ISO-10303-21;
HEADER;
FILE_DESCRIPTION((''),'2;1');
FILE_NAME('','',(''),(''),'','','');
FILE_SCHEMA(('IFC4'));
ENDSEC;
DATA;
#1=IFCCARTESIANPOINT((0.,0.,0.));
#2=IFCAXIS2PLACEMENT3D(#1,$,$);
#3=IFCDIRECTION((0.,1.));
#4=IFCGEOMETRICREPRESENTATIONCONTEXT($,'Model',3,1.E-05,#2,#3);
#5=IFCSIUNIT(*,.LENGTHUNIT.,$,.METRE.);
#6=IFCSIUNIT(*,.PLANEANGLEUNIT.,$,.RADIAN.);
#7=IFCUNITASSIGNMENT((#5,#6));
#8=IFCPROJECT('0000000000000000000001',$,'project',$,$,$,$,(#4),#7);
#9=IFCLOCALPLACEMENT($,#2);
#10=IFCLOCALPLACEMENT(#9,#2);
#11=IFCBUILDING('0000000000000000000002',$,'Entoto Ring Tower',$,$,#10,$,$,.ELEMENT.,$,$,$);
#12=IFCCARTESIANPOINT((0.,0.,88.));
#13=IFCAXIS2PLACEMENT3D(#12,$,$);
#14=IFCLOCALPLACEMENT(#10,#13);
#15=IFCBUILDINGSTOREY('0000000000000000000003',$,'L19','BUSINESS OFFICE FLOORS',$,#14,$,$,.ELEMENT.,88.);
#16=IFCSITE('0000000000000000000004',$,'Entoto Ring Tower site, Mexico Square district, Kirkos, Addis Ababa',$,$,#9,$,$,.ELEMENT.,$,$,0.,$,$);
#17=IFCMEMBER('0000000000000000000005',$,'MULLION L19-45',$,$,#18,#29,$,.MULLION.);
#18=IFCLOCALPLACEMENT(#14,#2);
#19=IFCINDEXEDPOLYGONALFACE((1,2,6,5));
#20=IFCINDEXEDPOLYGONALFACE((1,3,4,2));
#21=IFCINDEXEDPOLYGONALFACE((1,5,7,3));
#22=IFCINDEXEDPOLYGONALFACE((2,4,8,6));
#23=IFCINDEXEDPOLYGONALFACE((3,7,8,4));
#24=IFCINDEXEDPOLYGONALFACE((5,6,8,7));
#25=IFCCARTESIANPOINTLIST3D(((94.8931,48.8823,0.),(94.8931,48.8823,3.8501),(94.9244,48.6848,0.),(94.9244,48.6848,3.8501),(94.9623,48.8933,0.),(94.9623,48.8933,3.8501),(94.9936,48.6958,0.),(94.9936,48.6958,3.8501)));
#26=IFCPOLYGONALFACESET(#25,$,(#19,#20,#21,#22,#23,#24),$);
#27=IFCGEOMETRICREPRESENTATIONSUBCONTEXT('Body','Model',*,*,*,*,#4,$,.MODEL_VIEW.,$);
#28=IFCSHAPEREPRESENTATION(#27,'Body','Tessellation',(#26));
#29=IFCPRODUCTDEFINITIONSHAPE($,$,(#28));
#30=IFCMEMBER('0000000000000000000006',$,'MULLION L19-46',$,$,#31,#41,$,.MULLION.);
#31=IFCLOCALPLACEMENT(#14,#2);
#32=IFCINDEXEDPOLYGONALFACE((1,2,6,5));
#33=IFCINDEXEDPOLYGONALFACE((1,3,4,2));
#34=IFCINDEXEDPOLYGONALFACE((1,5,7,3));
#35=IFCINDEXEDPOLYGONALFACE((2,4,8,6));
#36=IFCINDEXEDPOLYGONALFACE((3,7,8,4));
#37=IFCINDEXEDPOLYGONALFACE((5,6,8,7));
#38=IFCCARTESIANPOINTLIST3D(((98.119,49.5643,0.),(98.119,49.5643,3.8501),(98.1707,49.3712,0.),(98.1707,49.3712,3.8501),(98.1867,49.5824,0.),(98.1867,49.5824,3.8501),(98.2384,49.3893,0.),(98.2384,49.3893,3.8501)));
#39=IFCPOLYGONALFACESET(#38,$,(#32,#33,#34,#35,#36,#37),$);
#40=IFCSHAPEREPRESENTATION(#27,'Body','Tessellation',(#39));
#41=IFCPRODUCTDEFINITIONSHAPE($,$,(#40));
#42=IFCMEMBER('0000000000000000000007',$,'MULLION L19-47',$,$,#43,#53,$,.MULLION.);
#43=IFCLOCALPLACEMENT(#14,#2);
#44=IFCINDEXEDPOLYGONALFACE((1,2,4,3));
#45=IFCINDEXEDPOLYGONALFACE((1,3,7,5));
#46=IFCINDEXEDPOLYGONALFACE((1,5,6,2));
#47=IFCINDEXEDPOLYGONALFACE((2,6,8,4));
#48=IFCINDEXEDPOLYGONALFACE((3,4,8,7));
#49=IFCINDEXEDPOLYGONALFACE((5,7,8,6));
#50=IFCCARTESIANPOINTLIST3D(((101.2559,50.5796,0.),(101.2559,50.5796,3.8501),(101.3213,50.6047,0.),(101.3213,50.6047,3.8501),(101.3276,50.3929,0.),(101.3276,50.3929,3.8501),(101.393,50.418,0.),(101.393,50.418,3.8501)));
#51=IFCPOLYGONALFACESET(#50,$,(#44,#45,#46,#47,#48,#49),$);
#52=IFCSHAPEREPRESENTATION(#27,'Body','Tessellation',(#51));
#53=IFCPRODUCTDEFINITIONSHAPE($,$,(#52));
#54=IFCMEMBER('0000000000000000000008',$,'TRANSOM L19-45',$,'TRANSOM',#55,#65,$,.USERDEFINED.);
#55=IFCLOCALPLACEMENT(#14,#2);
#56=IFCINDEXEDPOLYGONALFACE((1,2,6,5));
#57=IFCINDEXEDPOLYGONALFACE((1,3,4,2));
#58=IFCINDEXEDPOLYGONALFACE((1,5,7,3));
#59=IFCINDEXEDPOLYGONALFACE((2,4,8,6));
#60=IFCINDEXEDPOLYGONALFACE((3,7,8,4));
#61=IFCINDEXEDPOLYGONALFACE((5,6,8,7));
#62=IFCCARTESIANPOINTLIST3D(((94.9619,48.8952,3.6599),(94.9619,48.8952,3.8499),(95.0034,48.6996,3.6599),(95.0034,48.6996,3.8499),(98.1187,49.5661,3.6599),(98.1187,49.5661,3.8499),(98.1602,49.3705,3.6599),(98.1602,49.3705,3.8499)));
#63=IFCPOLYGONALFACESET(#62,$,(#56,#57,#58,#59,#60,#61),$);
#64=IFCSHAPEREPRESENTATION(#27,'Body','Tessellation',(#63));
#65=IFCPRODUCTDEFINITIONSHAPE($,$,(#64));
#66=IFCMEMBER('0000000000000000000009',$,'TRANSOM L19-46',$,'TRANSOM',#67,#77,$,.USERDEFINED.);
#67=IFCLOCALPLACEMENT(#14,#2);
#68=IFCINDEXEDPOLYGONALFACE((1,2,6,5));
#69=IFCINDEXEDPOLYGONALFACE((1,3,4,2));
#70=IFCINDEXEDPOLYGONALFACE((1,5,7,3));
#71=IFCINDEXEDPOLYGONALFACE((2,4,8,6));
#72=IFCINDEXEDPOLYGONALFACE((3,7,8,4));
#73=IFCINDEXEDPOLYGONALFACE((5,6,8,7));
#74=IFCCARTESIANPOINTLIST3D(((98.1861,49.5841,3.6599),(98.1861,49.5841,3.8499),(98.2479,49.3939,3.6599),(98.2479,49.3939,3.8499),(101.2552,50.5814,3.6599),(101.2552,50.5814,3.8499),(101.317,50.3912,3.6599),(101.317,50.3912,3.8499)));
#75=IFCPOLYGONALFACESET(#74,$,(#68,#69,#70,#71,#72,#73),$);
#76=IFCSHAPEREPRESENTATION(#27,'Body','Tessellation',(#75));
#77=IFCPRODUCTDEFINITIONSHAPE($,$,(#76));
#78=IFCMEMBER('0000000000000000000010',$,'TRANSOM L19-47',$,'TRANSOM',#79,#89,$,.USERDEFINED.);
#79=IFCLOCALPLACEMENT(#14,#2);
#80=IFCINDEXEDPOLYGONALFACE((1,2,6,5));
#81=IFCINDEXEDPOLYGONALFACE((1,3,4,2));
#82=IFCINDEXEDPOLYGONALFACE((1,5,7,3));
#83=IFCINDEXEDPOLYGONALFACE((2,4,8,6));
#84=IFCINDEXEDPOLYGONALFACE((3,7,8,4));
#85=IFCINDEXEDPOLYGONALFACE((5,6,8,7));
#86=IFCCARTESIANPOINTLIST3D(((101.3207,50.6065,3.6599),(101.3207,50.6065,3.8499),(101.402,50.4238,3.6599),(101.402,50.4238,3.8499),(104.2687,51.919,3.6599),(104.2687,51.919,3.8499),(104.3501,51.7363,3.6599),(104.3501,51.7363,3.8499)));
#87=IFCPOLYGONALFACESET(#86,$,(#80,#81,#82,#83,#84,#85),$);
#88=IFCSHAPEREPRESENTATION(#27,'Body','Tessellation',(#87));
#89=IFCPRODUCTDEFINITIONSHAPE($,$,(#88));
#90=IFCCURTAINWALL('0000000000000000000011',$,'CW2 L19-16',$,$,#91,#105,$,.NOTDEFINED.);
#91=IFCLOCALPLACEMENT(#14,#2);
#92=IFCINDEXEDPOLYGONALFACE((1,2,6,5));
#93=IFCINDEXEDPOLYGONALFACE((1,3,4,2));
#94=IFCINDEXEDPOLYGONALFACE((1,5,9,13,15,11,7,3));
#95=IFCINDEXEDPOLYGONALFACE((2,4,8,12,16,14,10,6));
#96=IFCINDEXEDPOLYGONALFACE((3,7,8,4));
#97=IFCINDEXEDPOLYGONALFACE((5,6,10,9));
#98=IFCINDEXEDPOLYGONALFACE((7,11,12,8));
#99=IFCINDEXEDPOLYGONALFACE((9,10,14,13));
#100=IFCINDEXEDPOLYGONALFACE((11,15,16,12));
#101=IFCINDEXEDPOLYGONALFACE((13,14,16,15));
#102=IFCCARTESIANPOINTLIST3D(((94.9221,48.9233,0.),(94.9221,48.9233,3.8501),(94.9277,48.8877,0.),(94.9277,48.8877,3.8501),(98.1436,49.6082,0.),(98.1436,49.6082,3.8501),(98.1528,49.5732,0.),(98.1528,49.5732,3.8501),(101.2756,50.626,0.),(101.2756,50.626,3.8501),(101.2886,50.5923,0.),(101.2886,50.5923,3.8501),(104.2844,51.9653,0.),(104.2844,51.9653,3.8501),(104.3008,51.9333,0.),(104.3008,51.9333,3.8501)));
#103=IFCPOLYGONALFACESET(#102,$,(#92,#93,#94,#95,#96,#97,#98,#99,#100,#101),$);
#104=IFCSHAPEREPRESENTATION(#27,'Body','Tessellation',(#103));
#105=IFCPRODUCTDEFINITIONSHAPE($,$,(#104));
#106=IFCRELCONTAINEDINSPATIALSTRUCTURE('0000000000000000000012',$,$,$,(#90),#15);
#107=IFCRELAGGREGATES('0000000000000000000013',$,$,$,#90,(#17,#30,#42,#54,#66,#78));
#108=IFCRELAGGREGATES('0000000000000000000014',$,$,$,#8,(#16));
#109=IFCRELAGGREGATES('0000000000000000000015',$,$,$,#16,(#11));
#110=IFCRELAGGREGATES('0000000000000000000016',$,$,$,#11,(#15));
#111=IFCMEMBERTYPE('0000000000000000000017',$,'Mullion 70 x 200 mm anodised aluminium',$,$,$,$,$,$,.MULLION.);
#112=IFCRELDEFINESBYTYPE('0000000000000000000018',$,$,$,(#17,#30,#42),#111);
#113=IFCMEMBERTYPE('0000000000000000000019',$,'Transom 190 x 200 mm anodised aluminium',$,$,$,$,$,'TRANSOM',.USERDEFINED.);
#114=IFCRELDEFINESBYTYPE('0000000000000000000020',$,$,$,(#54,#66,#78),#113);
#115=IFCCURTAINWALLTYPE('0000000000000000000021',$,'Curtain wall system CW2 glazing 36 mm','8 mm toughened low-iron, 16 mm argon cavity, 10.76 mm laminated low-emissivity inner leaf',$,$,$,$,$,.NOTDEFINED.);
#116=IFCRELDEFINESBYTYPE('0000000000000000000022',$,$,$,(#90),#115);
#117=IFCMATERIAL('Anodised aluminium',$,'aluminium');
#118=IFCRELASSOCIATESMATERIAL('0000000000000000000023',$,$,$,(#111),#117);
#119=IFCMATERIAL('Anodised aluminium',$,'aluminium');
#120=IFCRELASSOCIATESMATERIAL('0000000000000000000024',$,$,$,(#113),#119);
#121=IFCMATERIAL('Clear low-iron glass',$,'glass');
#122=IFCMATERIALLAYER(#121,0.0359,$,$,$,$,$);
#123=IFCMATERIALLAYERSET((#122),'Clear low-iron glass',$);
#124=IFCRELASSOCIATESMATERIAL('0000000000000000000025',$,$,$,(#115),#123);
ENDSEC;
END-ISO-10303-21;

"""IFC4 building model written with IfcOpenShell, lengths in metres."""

from ifc_helpers import new_model, si_unit, direction, frame, origin, origin_2d, place, context, subcontext, project, spatial, polyline, rectangle, outline, extrude, material, layer, layer_set, material_profile, profile_set, type_object, element, aggregate, save


model = new_model("IFC4")

# Units and contexts
model_context = context("Model", 3, precision=1e-05, world=origin(), true_north=direction((0.0, 1.0)))
body_context = subcontext(model_context, "Body", "Model", "MODEL_VIEW")
ifc_project = project(units=[si_unit("LENGTHUNIT", "METRE"), si_unit("PLANEANGLEUNIT", "RADIAN")], contexts=[model_context])

# Members
ifc_material_1 = material(Name="Anodised aluminium", Category="aluminium")
ifc_material_profile_1 = material_profile(ifc_material_1, rectangle(XDim=0.0701, YDim=0.2, at=origin_2d()), Name="Mullion 70 x 200 mm anodised aluminium")
ifc_profile_set_1 = profile_set([ifc_material_profile_1], Name="Anodised aluminium")
member_type_1 = type_object("IfcMemberType", Name="Mullion 70 x 200 mm anodised aluminium", PredefinedType="MULLION", material=ifc_profile_set_1)
site_placement = place(None, origin())
building_placement = place(site_placement, origin())
storey_placement = place(building_placement, frame((0.0, 0.0, 88.0)))
member_1_placement = place(storey_placement, frame((94.9434, 48.7891, 0.0), z_axis=(0.0, 0.0, 1.0), x_axis=(0.987688, 0.156434, 0.0)))
member_1 = element("IfcMember", 1, at=member_1_placement, type_object=member_type_1, Name="MULLION L19-45", PredefinedType="MULLION", context=body_context, shape_type="SweptSolid", body=[
    extrude(rectangle(XDim=0.0701, YDim=0.2, at=origin_2d()), origin(), (0.0, 0.0, 1.0), 3.8501),
])
member_2_placement = place(storey_placement, frame((98.1787, 49.4768, 0.0), z_axis=(0.0, 0.0, 1.0), x_axis=(0.965926, 0.258819, 0.0)))
member_2 = element("IfcMember", 2, at=member_2_placement, type_object=member_type_1, Name="MULLION L19-46", PredefinedType="MULLION", context=body_context, shape_type="SweptSolid", body=[
    extrude(rectangle(XDim=0.0701, YDim=0.2, at=origin_2d()), origin(), (0.0, 0.0, 1.0), 3.8501),
])
member_3_placement = place(storey_placement, frame((101.3245, 50.4988, 0.0), z_axis=(0.0, 0.0, 1.0), x_axis=(0.93358, 0.358368, 0.0)))
member_3 = element("IfcMember", 3, at=member_3_placement, type_object=member_type_1, Name="MULLION L19-47", PredefinedType="MULLION", context=body_context, shape_type="SweptSolid", body=[
    extrude(rectangle(XDim=0.0701, YDim=0.2, at=origin_2d()), origin(), (0.0, 0.0, 1.0), 3.8501),
])
ifc_material_2 = material(Name="Anodised aluminium", Category="aluminium")
ifc_material_profile_2 = material_profile(ifc_material_2, rectangle(XDim=0.2, YDim=0.1899, at=origin_2d()), Name="Transom 190 x 200 mm anodised aluminium")
ifc_profile_set_2 = profile_set([ifc_material_profile_2], Name="Anodised aluminium")
member_type_2 = type_object("IfcMemberType", Name="Transom 190 x 200 mm anodised aluminium", ElementType="TRANSOM", PredefinedType="USERDEFINED", material=ifc_profile_set_2)
member_4_placement = place(storey_placement, frame((94.9827, 48.7974, 3.7549), z_axis=(0.978153, 0.207886, 0.0), x_axis=(-0.207886, 0.978153, 0.0)))
member_4 = element("IfcMember", 4, at=member_4_placement, type_object=member_type_2, Name="TRANSOM L19-45", ObjectType="TRANSOM", PredefinedType="USERDEFINED", context=body_context, shape_type="SweptSolid", body=[
    extrude(rectangle(XDim=0.2, YDim=0.1899, at=origin_2d()), origin(), (0.0, 0.0, 1.0), 3.2273),
])
member_5_placement = place(storey_placement, frame((98.217, 49.489, 3.7549), z_axis=(0.951047, 0.309047, 0.0), x_axis=(-0.309047, 0.951047, 0.0)))
member_5 = element("IfcMember", 5, at=member_5_placement, type_object=member_type_2, Name="TRANSOM L19-46", ObjectType="TRANSOM", PredefinedType="USERDEFINED", context=body_context, shape_type="SweptSolid", body=[
    extrude(rectangle(XDim=0.2, YDim=0.1899, at=origin_2d()), origin(), (0.0, 0.0, 1.0), 3.2271),
])
member_6_placement = place(storey_placement, frame((101.3613, 50.5151, 3.7549), z_axis=(0.913549, 0.406728, 0.0), x_axis=(-0.406728, 0.913549, 0.0)))
member_6 = element("IfcMember", 6, at=member_6_placement, type_object=member_type_2, Name="TRANSOM L19-47", ObjectType="TRANSOM", PredefinedType="USERDEFINED", context=body_context, shape_type="SweptSolid", body=[
    extrude(rectangle(XDim=0.2, YDim=0.1899, at=origin_2d()), origin(), (0.0, 0.0, 1.0), 3.2271),
])

# Site, building, storey
site = spatial("IfcSite", under=ifc_project, at=site_placement, Name="Entoto Ring Tower site, Mexico Square district, Kirkos, Addis Ababa", CompositionType="ELEMENT", RefElevation=0.0)
building = spatial("IfcBuilding", under=site, at=building_placement, Name="Entoto Ring Tower", CompositionType="ELEMENT")
storey = spatial("IfcBuildingStorey", under=building, at=storey_placement, Name="L19", Description="BUSINESS OFFICE FLOORS", CompositionType="ELEMENT", Elevation=88.0)

# Curtain wall
ifc_material_3 = material(Name="Clear low-iron glass", Category="glass")
ifc_layer = layer(ifc_material_3, 0.0359)
ifc_layer_set = layer_set([ifc_layer], Name="Clear low-iron glass")
curtain_wall_type = type_object("IfcCurtainWallType", Name="Curtain wall system CW2 glazing 36 mm", Description="8 mm toughened low-iron, 16 mm argon cavity, 10.76 mm laminated low-emissivity inner leaf", PredefinedType="NOTDEFINED", material=ifc_layer_set)
curtain_wall_1_placement = place(storey_placement, origin())
curtain_wall_1 = element("IfcCurtainWall", 7, at=curtain_wall_1_placement, inside=storey, type_object=curtain_wall_type, Name="CW2 L19-16", PredefinedType="NOTDEFINED", context=body_context, shape_type="SweptSolid", body=[
    extrude(outline(polyline([(94.9277, 48.8877), (98.1528, 49.5732), (101.2886, 50.5923), (104.3008, 51.9333), (104.2844, 51.9653), (101.2756, 50.626), (98.1436, 49.6082), (94.9221, 48.9233), (94.9277, 48.8877)])), origin(), (0.0, 0.0, 1.0), 3.8501),
])
aggregate(curtain_wall_1, [member_1, member_2, member_3, member_4, member_5, member_6])

save(model, "model.ifc")
